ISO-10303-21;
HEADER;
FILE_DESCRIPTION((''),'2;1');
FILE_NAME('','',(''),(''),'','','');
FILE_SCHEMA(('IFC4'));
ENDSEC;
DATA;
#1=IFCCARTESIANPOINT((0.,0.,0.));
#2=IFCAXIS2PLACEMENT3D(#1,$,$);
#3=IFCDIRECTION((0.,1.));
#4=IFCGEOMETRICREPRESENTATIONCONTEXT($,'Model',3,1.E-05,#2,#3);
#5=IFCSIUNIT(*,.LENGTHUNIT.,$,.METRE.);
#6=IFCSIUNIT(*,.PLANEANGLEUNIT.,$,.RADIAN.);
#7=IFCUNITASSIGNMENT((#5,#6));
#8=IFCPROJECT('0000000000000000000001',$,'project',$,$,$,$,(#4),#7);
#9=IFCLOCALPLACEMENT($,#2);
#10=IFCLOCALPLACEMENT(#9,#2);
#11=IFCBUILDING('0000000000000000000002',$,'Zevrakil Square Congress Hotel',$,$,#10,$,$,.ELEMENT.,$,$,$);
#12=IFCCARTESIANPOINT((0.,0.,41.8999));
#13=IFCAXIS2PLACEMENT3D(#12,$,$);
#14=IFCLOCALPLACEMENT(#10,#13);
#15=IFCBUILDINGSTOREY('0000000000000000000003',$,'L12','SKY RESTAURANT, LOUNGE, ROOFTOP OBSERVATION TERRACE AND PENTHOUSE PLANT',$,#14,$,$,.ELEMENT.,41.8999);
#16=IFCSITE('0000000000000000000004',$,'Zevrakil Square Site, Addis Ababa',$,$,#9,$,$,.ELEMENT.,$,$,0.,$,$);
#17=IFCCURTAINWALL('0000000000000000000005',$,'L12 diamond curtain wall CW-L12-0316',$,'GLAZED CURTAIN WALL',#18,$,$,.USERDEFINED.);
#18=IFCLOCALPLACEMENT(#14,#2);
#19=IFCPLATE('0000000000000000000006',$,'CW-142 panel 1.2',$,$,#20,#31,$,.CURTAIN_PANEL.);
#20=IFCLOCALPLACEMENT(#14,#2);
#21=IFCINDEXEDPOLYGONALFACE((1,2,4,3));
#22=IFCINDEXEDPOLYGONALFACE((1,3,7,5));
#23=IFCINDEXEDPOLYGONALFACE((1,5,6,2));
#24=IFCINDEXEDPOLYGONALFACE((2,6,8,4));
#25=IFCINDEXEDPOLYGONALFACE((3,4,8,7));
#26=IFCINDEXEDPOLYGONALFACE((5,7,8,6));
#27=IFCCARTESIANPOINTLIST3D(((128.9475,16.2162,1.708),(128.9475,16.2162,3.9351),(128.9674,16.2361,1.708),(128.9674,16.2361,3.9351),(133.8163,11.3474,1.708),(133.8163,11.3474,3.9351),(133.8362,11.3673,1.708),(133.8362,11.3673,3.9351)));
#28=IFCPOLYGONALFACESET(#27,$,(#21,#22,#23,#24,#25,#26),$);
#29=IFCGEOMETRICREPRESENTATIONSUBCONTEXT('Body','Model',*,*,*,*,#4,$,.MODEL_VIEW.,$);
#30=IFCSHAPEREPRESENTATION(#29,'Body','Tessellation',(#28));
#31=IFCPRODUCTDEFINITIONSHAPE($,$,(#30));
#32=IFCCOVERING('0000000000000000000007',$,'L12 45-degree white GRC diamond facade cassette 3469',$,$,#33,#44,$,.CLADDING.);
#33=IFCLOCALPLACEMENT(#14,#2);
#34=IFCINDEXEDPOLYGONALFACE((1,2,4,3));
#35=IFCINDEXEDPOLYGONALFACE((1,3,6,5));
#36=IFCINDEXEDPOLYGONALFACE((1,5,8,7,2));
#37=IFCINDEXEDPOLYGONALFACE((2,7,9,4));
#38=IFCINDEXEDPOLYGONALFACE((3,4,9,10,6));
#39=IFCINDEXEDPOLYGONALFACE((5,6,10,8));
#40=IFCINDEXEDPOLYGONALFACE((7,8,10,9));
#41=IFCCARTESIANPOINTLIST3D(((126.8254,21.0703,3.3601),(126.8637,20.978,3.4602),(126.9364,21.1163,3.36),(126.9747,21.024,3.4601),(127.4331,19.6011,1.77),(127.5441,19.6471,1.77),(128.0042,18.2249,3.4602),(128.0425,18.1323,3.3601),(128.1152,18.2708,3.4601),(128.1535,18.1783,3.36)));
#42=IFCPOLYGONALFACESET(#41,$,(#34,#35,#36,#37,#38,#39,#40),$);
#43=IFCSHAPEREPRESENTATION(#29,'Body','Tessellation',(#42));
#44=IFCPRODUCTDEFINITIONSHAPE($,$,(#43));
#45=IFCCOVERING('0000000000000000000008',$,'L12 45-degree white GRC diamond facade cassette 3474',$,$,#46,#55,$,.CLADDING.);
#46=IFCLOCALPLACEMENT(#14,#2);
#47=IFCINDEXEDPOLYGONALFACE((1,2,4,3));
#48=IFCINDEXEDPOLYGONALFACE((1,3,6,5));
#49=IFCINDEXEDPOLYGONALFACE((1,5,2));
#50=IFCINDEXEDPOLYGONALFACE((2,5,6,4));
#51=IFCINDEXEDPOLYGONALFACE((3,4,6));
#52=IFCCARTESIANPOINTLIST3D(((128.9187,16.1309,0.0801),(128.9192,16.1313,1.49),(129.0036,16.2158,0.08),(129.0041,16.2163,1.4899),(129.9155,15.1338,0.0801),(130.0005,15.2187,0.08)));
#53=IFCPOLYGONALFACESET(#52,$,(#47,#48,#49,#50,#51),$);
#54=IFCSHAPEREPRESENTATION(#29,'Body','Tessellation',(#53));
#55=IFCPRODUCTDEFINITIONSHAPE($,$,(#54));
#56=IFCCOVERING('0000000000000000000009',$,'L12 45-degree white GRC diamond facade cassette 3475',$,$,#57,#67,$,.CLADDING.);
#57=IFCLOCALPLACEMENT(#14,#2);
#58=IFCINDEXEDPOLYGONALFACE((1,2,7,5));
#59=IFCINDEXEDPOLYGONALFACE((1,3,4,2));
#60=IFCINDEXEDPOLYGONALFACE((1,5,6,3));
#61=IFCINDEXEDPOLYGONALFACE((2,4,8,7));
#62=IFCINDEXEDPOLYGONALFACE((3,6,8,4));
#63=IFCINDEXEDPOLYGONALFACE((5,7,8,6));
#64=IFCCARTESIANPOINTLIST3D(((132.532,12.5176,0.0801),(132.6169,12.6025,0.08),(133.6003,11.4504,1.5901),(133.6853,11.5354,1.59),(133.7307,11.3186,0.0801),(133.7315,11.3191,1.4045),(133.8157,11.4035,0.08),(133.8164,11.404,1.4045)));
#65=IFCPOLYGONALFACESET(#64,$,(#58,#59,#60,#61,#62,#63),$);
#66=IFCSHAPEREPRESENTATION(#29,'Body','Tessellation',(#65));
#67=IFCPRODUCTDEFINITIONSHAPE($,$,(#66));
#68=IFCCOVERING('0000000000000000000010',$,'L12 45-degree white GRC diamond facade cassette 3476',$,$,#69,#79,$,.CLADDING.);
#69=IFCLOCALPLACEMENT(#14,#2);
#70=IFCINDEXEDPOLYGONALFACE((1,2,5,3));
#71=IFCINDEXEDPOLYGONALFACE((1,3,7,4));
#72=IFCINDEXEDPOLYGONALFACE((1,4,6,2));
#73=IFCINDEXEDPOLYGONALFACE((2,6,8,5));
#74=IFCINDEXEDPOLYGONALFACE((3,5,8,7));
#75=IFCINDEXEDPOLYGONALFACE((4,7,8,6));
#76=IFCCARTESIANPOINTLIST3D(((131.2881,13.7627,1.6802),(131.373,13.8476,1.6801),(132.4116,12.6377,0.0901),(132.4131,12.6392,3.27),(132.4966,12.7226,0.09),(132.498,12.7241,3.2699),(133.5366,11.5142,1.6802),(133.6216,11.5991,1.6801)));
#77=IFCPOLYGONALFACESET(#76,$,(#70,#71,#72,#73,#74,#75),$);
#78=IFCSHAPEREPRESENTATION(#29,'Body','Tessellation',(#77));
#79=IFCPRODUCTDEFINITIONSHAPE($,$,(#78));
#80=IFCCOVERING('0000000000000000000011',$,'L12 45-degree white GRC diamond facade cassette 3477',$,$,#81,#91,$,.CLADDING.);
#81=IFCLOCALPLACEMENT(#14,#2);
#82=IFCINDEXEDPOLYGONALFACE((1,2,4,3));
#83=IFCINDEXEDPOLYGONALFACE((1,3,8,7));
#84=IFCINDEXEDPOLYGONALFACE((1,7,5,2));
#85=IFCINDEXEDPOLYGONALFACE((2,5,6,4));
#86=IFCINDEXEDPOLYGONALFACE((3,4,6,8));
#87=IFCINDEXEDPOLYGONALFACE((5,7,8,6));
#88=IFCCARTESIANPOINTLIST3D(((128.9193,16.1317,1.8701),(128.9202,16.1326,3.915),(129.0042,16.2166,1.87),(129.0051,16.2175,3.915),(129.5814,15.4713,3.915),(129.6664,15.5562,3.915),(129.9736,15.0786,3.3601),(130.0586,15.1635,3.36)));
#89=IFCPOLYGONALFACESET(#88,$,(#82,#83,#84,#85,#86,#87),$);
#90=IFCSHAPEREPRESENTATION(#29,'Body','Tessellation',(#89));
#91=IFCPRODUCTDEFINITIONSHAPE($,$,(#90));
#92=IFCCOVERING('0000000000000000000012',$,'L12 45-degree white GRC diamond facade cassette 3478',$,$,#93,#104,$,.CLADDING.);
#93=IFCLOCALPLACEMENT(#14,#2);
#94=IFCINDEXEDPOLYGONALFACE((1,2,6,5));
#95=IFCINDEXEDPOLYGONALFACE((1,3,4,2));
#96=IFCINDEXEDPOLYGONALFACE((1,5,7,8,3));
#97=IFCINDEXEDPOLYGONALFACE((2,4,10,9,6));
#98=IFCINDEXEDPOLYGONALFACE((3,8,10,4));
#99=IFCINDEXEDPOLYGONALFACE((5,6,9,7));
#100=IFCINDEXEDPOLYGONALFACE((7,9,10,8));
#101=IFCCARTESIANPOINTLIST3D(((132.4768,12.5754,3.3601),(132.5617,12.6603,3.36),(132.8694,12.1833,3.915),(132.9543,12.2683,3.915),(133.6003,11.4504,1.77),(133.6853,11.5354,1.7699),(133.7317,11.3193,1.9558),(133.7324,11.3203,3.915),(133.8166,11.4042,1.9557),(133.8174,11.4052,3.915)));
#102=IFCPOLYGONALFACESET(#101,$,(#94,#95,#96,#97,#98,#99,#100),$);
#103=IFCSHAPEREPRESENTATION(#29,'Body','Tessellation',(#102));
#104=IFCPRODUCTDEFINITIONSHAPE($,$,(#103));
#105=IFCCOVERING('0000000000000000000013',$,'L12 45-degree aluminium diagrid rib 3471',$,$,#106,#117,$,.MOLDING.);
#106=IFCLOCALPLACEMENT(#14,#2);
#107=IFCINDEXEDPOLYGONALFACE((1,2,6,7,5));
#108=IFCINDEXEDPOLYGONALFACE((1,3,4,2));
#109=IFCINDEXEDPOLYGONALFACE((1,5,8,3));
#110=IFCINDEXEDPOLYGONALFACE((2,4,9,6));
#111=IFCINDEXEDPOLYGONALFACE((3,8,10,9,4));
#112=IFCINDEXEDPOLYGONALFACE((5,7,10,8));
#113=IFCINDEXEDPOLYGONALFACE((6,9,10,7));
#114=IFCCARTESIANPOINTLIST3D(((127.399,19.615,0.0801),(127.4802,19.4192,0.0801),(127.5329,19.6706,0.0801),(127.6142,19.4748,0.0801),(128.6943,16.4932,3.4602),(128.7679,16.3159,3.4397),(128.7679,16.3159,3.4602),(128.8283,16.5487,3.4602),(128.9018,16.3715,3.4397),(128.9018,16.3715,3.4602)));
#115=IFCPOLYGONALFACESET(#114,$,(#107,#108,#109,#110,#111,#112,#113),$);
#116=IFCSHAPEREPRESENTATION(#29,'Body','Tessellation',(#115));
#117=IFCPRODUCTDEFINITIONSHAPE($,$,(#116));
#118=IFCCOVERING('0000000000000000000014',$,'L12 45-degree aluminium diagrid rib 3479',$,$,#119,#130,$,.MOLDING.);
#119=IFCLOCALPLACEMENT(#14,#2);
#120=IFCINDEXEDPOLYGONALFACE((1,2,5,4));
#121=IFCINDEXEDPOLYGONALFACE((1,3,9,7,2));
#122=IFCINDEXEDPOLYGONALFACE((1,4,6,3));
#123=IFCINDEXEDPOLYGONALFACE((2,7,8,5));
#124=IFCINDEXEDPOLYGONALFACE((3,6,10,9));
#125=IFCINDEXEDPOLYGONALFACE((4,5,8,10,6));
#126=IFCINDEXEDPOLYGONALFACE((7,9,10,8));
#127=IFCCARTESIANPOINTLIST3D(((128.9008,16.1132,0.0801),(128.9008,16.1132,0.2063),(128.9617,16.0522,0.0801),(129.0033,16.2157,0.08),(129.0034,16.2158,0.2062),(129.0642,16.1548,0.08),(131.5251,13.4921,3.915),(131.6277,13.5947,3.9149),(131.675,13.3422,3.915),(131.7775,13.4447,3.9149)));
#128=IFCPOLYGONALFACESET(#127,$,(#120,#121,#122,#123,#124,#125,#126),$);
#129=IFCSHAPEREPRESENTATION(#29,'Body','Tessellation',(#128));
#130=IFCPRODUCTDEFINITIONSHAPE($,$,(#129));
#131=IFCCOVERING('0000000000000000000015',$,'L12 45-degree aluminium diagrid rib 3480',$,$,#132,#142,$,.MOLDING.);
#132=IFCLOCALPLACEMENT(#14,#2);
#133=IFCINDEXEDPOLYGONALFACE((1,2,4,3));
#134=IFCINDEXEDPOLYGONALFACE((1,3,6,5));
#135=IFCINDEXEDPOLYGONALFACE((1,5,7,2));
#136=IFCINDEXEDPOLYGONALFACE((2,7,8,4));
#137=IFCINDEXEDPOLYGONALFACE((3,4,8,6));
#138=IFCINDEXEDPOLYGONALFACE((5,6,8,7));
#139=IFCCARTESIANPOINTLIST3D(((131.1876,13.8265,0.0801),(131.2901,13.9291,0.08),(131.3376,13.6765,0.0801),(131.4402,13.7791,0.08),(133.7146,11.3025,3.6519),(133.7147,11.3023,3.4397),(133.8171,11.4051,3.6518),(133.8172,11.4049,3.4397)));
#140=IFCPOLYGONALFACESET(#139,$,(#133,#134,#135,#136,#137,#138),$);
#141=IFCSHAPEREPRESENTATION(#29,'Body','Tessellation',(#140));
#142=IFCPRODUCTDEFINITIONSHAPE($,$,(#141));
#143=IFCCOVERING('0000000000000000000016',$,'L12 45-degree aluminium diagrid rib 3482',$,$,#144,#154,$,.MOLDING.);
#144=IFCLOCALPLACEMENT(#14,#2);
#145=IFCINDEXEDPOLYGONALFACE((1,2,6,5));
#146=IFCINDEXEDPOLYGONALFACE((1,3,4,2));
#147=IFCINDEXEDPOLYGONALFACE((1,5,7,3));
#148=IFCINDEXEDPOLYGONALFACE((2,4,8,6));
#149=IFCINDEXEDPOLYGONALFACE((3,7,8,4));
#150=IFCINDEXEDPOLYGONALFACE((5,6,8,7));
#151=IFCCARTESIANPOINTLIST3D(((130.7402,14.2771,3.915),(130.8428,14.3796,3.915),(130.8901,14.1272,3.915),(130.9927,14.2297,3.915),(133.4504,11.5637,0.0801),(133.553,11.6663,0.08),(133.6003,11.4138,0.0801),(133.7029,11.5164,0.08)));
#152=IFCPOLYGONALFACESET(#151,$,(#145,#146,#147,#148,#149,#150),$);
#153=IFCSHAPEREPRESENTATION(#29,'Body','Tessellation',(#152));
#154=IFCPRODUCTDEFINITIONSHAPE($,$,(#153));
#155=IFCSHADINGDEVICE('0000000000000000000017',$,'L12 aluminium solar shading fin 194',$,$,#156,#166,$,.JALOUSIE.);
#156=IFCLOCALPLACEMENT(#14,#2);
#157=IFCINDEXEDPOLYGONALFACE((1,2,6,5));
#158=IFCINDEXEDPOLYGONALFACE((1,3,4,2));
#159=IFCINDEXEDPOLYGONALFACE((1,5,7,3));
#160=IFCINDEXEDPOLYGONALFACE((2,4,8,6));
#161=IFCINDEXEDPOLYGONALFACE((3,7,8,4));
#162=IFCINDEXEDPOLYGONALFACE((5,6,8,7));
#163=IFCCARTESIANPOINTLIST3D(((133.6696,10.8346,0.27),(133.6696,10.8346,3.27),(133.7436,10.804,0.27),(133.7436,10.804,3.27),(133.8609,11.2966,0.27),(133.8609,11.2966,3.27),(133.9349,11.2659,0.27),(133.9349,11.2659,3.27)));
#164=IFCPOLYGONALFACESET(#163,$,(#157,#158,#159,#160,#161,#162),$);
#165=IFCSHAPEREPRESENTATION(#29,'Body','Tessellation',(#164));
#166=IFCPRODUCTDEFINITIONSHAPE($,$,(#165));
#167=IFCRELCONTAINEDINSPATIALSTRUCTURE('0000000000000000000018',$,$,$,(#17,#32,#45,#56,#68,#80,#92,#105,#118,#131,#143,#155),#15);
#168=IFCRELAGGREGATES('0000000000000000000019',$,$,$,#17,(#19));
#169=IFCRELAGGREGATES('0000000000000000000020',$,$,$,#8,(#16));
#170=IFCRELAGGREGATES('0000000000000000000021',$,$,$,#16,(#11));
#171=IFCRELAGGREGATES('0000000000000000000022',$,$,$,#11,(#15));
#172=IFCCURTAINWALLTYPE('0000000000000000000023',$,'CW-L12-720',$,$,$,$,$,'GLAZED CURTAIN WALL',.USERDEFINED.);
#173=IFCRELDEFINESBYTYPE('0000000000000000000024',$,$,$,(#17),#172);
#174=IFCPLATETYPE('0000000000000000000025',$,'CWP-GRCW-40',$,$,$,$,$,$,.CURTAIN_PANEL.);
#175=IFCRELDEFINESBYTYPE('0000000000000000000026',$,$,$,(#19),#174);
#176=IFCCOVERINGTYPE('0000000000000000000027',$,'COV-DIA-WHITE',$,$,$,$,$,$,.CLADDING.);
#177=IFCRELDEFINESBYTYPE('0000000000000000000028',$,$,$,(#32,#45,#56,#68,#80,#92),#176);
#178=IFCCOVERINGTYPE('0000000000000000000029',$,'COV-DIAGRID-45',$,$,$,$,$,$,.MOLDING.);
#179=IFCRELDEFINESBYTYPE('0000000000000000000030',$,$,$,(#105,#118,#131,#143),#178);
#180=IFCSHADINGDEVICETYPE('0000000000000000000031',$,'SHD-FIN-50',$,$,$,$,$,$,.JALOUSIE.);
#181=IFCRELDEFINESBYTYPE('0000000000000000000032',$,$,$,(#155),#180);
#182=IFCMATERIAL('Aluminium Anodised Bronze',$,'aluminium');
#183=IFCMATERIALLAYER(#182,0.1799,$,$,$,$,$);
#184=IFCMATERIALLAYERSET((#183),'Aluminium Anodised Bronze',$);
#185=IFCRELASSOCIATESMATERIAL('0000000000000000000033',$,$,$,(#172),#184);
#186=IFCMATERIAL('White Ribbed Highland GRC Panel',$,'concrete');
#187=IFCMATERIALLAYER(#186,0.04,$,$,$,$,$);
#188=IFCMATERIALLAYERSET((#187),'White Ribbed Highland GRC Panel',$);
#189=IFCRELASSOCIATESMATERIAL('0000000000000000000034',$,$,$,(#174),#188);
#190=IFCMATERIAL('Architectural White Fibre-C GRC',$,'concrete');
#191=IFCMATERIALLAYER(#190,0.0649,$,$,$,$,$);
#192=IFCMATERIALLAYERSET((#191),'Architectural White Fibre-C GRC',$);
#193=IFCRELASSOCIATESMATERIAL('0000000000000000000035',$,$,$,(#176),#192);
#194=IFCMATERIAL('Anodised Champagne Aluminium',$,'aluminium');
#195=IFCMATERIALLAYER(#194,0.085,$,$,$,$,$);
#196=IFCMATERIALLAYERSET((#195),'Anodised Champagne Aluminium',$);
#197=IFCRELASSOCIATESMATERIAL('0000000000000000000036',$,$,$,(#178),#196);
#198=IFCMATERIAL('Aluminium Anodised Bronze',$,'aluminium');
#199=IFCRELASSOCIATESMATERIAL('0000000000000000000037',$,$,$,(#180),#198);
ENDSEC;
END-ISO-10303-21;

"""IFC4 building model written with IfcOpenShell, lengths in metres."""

from ifc_helpers import new_model, si_unit, direction, frame, origin, origin_2d, place, context, subcontext, project, spatial, polyline, rectangle, outline, extrude, material, layer, layer_set, type_object, element, aggregate, save


model = new_model("IFC4")

# Units and contexts
model_context = context("Model", 3, precision=1e-05, world=origin(), true_north=direction((0.0, 1.0)))
body_context = subcontext(model_context, "Body", "Model", "MODEL_VIEW")
ifc_project = project(units=[si_unit("LENGTHUNIT", "METRE"), si_unit("PLANEANGLEUNIT", "RADIAN")], contexts=[model_context])

# Site, building, storey
site_placement = place(None, origin())
site = spatial("IfcSite", under=ifc_project, at=site_placement, Name="Zevrakil Square Site, Addis Ababa", CompositionType="ELEMENT", RefElevation=0.0)
building_placement = place(site_placement, origin())
building = spatial("IfcBuilding", under=site, at=building_placement, Name="Zevrakil Square Congress Hotel", CompositionType="ELEMENT")
storey_placement = place(building_placement, frame((0.0, 0.0, 41.8999)))
storey = spatial("IfcBuildingStorey", under=building, at=storey_placement, Name="L12", Description="SKY RESTAURANT, LOUNGE, ROOFTOP OBSERVATION TERRACE AND PENTHOUSE PLANT", CompositionType="ELEMENT", Elevation=41.8999)

# Curtain wall
ifc_material_1 = material(Name="Aluminium Anodised Bronze", Category="aluminium")
ifc_layer_1 = layer(ifc_material_1, 0.1799)
ifc_layer_set_1 = layer_set([ifc_layer_1], Name="Aluminium Anodised Bronze")
curtain_wall_type = type_object("IfcCurtainWallType", Name="CW-L12-720", ElementType="GLAZED CURTAIN WALL", PredefinedType="USERDEFINED", material=ifc_layer_set_1)
curtain_wall_1_placement = place(storey_placement, origin())
curtain_wall_1 = element("IfcCurtainWall", 1, at=curtain_wall_1_placement, inside=storey, type_object=curtain_wall_type, Name="L12 diamond curtain wall CW-L12-0316", ObjectType="GLAZED CURTAIN WALL", PredefinedType="USERDEFINED")

# Plate
ifc_material_2 = material(Name="White Ribbed Highland GRC Panel", Category="concrete")
ifc_layer_2 = layer(ifc_material_2, 0.04)
ifc_layer_set_2 = layer_set([ifc_layer_2], Name="White Ribbed Highland GRC Panel")
plate_type_1 = type_object("IfcPlateType", Name="CWP-GRCW-40", PredefinedType="CURTAIN_PANEL", material=ifc_layer_set_2)
plate_1_placement = place(storey_placement, frame((131.3918, 13.7917, 1.708), z_axis=(0.0, 0.0, 1.0), x_axis=(0.707107, -0.707107, 0.0)))
plate_1 = element("IfcPlate", 2, at=plate_1_placement, type_object=plate_type_1, Name="CW-142 panel 1.2", PredefinedType="CURTAIN_PANEL", context=body_context, shape_type="SweptSolid", body=[
    extrude(rectangle(XDim=6.8855, YDim=0.0281, at=origin_2d()), origin(), (0.0, 0.0, 1.0), 2.2271),
])
aggregate(curtain_wall_1, [plate_1])

# Coverings
ifc_material_3 = material(Name="Architectural White Fibre-C GRC", Category="concrete")
ifc_layer_3 = layer(ifc_material_3, 0.0649)
ifc_layer_set_3 = layer_set([ifc_layer_3], Name="Architectural White Fibre-C GRC")
covering_type_1 = type_object("IfcCoveringType", Name="COV-DIA-WHITE", PredefinedType="CLADDING", material=ifc_layer_set_3)
covering_1_placement = place(storey_placement, frame((128.0425, 18.1323, 3.3601), z_axis=(-0.92387, -0.382705, 0.000546), x_axis=(-0.270975, 0.653139, -0.707094)))
element("IfcCovering", 3, at=covering_1_placement, inside=storey, type_object=covering_type_1, Name="L12 45-degree white GRC diamond facade cassette 3469", PredefinedType="CLADDING", context=body_context, shape_type="SweptSolid", body=[
    extrude(outline(polyline([(0.0, 0.0), (2.2488, 0.0), (2.2487, -2.2486), (2.1073, -2.2487), (0.0, -0.1416), (0.0, 0.0)])), origin(), (0.0, 0.0, -1.0), 0.1201),
])
covering_2_placement = place(storey_placement, frame((129.9155, 15.1338, 0.0801), z_axis=(-0.707193, -0.70702, 0.00049), x_axis=(-0.70702, 0.707193, 0.0)))
element("IfcCovering", 4, at=covering_2_placement, inside=storey, type_object=covering_type_1, Name="L12 45-degree white GRC diamond facade cassette 3474", PredefinedType="CLADDING", context=body_context, shape_type="SweptSolid", body=[
    extrude(outline(polyline([(0.0, 0.0), (1.4099, 0.0), (1.4099, -1.4099), (0.0, 0.0)])), origin(), (0.0, 0.0, -1.0), 0.1201),
])
covering_3_placement = place(storey_placement, frame((133.6003, 11.4504, 1.5901), z_axis=(-0.70719, -0.707024, 0.000672), x_axis=(0.499651, -0.50044, -0.707042)))
element("IfcCovering", 5, at=covering_3_placement, inside=storey, type_object=covering_type_1, Name="L12 45-degree white GRC diamond facade cassette 3475", PredefinedType="CLADDING", context=body_context, shape_type="SweptSolid", body=[
    extrude(outline(polyline([(0.0, 0.0), (0.2624, 0.0), (1.1988, -0.9367), (-0.0002, -2.1355), (0.0, 0.0)])), origin(), (0.0, 0.0, -1.0), 0.1201),
])
covering_4_placement = place(storey_placement, frame((132.4131, 12.6392, 3.27), z_axis=(-0.707107, -0.707107, 0.000651), x_axis=(0.499692, -0.500343, -0.707082)))
element("IfcCovering", 6, at=covering_4_placement, inside=storey, type_object=covering_type_1, Name="L12 45-degree white GRC diamond facade cassette 3476", PredefinedType="CLADDING", context=body_context, shape_type="SweptSolid", body=[
    extrude(outline(polyline([(0.0, 0.0), (2.2485, 0.0), (2.2485, -2.2486), (-0.0002, -2.2485), (0.0, 0.0)])), origin(), (0.0, 0.0, -1.0), 0.1201),
])
covering_5_placement = place(storey_placement, frame((129.9736, 15.0786, 3.3601), z_axis=(-0.707114, -0.7071, 0.000595), x_axis=(-0.500323, 0.499738, -0.707064)))
element("IfcCovering", 7, at=covering_5_placement, inside=storey, type_object=covering_type_1, Name="L12 45-degree white GRC diamond facade cassette 3477", PredefinedType="CLADDING", context=body_context, shape_type="SweptSolid", body=[
    extrude(outline(polyline([(0.0, 0.0), (2.1073, 0.0), (0.6614, -1.4461), (0.0001, -0.7849), (0.0, 0.0)])), origin(), (0.0, 0.0, -1.0), 0.1201),
])
covering_6_placement = place(storey_placement, frame((133.6003, 11.4504, 1.77), z_axis=(-0.707094, -0.70712, 0.000639), x_axis=(-0.499669, 0.500289, 0.707136)))
element("IfcCovering", 8, at=covering_6_placement, inside=storey, type_object=covering_type_1, Name="L12 45-degree white GRC diamond facade cassette 3478", PredefinedType="CLADDING", context=body_context, shape_type="SweptSolid", body=[
    extrude(outline(polyline([(0.0, 0.0), (2.2486, 0.0), (2.2487, -0.7847), (1.3857, -1.6478), (0.0002, -0.2626), (0.0, 0.0)])), origin(), (0.0, 0.0, -1.0), 0.1201),
])
ifc_material_4 = material(Name="Anodised Champagne Aluminium", Category="aluminium")
ifc_layer_4 = layer(ifc_material_4, 0.085)
ifc_layer_set_4 = layer_set([ifc_layer_4], Name="Anodised Champagne Aluminium")
covering_type_2 = type_object("IfcCoveringType", Name="COV-DIAGRID-45", PredefinedType="MOLDING", material=ifc_layer_set_4)
covering_7_placement = place(storey_placement, frame((127.4802, 19.4192, 0.0801), z_axis=(-0.923648, -0.383241, 0.000011), x_axis=(-0.383241, 0.923648, 0.0)))
element("IfcCovering", 9, at=covering_7_placement, inside=storey, type_object=covering_type_2, Name="L12 45-degree aluminium diagrid rib 3471", PredefinedType="MOLDING", context=body_context, shape_type="SweptSolid", body=[
    extrude(outline(polyline([(0.0, 0.0), (0.212, 0.0), (-3.1679, -3.3801), (-3.3598, -3.3801), (-3.3598, -3.3596), (0.0, 0.0)])), origin(), (0.0, 0.0, -1.0), 0.145),
])
covering_8_placement = place(storey_placement, frame((128.9617, 16.0522, 0.0801), z_axis=(-0.707273, -0.70694, 0.000835), x_axis=(-0.706941, 0.707273, 0.000001)))
element("IfcCovering", 10, at=covering_8_placement, inside=storey, type_object=covering_type_2, Name="L12 45-degree aluminium diagrid rib 3479", PredefinedType="MOLDING", context=body_context, shape_type="SweptSolid", body=[
    extrude(outline(polyline([(0.0, 0.0), (0.0861, 0.0), (0.0861, -0.1262), (-3.6229, -3.835), (-3.8349, -3.835), (0.0, 0.0)])), origin(), (0.0, 0.0, -1.0), 0.145),
])
covering_9_placement = place(storey_placement, frame((131.3376, 13.6765, 0.0801), z_axis=(-0.706895, -0.707318, 0.000299), x_axis=(-0.707318, 0.706896, 0.0)))
element("IfcCovering", 11, at=covering_9_placement, inside=storey, type_object=covering_type_2, Name="L12 45-degree aluminium diagrid rib 3480", PredefinedType="MOLDING", context=body_context, shape_type="SweptSolid", body=[
    extrude(outline(polyline([(0.0, 0.0), (0.2122, 0.0), (-3.3594, -3.5718), (-3.3596, -3.3596), (0.0, 0.0)])), origin(), (0.0, 0.0, -1.0), 0.145),
])
covering_10_placement = place(storey_placement, frame((130.7402, 14.2771, 3.915), z_axis=(-0.707107, -0.707107, 0.000585), x_axis=(0.707107, -0.707107, 0.0)))
element("IfcCovering", 12, at=covering_10_placement, inside=storey, type_object=covering_type_2, Name="L12 45-degree aluminium diagrid rib 3482", PredefinedType="MOLDING", context=body_context, shape_type="SweptSolid", body=[
    extrude(outline(polyline([(0.0, 0.0), (0.212, 0.0), (4.047, -3.835), (3.8351, -3.835), (0.0, 0.0)])), origin(), (0.0, 0.0, -1.0), 0.145),
])

# Shading device
ifc_material_5 = material(Name="Aluminium Anodised Bronze", Category="aluminium")
shading_device_type = type_object("IfcShadingDeviceType", Name="SHD-FIN-50", PredefinedType="JALOUSIE", material=ifc_material_5)
shading_device_placement = place(storey_placement, frame((133.8022, 11.0503, 0.27), z_axis=(0.0, 0.0, 1.0), x_axis=(-0.382683, -0.92388, 0.0)))
element("IfcShadingDevice", 13, at=shading_device_placement, inside=storey, type_object=shading_device_type, Name="L12 aluminium solar shading fin 194", PredefinedType="JALOUSIE", context=body_context, shape_type="SweptSolid", body=[
    extrude(rectangle(XDim=0.5, YDim=0.0801, at=origin_2d()), origin(), (0.0, 0.0, 1.0), 3.0),
])

save(model, "model.ifc")
